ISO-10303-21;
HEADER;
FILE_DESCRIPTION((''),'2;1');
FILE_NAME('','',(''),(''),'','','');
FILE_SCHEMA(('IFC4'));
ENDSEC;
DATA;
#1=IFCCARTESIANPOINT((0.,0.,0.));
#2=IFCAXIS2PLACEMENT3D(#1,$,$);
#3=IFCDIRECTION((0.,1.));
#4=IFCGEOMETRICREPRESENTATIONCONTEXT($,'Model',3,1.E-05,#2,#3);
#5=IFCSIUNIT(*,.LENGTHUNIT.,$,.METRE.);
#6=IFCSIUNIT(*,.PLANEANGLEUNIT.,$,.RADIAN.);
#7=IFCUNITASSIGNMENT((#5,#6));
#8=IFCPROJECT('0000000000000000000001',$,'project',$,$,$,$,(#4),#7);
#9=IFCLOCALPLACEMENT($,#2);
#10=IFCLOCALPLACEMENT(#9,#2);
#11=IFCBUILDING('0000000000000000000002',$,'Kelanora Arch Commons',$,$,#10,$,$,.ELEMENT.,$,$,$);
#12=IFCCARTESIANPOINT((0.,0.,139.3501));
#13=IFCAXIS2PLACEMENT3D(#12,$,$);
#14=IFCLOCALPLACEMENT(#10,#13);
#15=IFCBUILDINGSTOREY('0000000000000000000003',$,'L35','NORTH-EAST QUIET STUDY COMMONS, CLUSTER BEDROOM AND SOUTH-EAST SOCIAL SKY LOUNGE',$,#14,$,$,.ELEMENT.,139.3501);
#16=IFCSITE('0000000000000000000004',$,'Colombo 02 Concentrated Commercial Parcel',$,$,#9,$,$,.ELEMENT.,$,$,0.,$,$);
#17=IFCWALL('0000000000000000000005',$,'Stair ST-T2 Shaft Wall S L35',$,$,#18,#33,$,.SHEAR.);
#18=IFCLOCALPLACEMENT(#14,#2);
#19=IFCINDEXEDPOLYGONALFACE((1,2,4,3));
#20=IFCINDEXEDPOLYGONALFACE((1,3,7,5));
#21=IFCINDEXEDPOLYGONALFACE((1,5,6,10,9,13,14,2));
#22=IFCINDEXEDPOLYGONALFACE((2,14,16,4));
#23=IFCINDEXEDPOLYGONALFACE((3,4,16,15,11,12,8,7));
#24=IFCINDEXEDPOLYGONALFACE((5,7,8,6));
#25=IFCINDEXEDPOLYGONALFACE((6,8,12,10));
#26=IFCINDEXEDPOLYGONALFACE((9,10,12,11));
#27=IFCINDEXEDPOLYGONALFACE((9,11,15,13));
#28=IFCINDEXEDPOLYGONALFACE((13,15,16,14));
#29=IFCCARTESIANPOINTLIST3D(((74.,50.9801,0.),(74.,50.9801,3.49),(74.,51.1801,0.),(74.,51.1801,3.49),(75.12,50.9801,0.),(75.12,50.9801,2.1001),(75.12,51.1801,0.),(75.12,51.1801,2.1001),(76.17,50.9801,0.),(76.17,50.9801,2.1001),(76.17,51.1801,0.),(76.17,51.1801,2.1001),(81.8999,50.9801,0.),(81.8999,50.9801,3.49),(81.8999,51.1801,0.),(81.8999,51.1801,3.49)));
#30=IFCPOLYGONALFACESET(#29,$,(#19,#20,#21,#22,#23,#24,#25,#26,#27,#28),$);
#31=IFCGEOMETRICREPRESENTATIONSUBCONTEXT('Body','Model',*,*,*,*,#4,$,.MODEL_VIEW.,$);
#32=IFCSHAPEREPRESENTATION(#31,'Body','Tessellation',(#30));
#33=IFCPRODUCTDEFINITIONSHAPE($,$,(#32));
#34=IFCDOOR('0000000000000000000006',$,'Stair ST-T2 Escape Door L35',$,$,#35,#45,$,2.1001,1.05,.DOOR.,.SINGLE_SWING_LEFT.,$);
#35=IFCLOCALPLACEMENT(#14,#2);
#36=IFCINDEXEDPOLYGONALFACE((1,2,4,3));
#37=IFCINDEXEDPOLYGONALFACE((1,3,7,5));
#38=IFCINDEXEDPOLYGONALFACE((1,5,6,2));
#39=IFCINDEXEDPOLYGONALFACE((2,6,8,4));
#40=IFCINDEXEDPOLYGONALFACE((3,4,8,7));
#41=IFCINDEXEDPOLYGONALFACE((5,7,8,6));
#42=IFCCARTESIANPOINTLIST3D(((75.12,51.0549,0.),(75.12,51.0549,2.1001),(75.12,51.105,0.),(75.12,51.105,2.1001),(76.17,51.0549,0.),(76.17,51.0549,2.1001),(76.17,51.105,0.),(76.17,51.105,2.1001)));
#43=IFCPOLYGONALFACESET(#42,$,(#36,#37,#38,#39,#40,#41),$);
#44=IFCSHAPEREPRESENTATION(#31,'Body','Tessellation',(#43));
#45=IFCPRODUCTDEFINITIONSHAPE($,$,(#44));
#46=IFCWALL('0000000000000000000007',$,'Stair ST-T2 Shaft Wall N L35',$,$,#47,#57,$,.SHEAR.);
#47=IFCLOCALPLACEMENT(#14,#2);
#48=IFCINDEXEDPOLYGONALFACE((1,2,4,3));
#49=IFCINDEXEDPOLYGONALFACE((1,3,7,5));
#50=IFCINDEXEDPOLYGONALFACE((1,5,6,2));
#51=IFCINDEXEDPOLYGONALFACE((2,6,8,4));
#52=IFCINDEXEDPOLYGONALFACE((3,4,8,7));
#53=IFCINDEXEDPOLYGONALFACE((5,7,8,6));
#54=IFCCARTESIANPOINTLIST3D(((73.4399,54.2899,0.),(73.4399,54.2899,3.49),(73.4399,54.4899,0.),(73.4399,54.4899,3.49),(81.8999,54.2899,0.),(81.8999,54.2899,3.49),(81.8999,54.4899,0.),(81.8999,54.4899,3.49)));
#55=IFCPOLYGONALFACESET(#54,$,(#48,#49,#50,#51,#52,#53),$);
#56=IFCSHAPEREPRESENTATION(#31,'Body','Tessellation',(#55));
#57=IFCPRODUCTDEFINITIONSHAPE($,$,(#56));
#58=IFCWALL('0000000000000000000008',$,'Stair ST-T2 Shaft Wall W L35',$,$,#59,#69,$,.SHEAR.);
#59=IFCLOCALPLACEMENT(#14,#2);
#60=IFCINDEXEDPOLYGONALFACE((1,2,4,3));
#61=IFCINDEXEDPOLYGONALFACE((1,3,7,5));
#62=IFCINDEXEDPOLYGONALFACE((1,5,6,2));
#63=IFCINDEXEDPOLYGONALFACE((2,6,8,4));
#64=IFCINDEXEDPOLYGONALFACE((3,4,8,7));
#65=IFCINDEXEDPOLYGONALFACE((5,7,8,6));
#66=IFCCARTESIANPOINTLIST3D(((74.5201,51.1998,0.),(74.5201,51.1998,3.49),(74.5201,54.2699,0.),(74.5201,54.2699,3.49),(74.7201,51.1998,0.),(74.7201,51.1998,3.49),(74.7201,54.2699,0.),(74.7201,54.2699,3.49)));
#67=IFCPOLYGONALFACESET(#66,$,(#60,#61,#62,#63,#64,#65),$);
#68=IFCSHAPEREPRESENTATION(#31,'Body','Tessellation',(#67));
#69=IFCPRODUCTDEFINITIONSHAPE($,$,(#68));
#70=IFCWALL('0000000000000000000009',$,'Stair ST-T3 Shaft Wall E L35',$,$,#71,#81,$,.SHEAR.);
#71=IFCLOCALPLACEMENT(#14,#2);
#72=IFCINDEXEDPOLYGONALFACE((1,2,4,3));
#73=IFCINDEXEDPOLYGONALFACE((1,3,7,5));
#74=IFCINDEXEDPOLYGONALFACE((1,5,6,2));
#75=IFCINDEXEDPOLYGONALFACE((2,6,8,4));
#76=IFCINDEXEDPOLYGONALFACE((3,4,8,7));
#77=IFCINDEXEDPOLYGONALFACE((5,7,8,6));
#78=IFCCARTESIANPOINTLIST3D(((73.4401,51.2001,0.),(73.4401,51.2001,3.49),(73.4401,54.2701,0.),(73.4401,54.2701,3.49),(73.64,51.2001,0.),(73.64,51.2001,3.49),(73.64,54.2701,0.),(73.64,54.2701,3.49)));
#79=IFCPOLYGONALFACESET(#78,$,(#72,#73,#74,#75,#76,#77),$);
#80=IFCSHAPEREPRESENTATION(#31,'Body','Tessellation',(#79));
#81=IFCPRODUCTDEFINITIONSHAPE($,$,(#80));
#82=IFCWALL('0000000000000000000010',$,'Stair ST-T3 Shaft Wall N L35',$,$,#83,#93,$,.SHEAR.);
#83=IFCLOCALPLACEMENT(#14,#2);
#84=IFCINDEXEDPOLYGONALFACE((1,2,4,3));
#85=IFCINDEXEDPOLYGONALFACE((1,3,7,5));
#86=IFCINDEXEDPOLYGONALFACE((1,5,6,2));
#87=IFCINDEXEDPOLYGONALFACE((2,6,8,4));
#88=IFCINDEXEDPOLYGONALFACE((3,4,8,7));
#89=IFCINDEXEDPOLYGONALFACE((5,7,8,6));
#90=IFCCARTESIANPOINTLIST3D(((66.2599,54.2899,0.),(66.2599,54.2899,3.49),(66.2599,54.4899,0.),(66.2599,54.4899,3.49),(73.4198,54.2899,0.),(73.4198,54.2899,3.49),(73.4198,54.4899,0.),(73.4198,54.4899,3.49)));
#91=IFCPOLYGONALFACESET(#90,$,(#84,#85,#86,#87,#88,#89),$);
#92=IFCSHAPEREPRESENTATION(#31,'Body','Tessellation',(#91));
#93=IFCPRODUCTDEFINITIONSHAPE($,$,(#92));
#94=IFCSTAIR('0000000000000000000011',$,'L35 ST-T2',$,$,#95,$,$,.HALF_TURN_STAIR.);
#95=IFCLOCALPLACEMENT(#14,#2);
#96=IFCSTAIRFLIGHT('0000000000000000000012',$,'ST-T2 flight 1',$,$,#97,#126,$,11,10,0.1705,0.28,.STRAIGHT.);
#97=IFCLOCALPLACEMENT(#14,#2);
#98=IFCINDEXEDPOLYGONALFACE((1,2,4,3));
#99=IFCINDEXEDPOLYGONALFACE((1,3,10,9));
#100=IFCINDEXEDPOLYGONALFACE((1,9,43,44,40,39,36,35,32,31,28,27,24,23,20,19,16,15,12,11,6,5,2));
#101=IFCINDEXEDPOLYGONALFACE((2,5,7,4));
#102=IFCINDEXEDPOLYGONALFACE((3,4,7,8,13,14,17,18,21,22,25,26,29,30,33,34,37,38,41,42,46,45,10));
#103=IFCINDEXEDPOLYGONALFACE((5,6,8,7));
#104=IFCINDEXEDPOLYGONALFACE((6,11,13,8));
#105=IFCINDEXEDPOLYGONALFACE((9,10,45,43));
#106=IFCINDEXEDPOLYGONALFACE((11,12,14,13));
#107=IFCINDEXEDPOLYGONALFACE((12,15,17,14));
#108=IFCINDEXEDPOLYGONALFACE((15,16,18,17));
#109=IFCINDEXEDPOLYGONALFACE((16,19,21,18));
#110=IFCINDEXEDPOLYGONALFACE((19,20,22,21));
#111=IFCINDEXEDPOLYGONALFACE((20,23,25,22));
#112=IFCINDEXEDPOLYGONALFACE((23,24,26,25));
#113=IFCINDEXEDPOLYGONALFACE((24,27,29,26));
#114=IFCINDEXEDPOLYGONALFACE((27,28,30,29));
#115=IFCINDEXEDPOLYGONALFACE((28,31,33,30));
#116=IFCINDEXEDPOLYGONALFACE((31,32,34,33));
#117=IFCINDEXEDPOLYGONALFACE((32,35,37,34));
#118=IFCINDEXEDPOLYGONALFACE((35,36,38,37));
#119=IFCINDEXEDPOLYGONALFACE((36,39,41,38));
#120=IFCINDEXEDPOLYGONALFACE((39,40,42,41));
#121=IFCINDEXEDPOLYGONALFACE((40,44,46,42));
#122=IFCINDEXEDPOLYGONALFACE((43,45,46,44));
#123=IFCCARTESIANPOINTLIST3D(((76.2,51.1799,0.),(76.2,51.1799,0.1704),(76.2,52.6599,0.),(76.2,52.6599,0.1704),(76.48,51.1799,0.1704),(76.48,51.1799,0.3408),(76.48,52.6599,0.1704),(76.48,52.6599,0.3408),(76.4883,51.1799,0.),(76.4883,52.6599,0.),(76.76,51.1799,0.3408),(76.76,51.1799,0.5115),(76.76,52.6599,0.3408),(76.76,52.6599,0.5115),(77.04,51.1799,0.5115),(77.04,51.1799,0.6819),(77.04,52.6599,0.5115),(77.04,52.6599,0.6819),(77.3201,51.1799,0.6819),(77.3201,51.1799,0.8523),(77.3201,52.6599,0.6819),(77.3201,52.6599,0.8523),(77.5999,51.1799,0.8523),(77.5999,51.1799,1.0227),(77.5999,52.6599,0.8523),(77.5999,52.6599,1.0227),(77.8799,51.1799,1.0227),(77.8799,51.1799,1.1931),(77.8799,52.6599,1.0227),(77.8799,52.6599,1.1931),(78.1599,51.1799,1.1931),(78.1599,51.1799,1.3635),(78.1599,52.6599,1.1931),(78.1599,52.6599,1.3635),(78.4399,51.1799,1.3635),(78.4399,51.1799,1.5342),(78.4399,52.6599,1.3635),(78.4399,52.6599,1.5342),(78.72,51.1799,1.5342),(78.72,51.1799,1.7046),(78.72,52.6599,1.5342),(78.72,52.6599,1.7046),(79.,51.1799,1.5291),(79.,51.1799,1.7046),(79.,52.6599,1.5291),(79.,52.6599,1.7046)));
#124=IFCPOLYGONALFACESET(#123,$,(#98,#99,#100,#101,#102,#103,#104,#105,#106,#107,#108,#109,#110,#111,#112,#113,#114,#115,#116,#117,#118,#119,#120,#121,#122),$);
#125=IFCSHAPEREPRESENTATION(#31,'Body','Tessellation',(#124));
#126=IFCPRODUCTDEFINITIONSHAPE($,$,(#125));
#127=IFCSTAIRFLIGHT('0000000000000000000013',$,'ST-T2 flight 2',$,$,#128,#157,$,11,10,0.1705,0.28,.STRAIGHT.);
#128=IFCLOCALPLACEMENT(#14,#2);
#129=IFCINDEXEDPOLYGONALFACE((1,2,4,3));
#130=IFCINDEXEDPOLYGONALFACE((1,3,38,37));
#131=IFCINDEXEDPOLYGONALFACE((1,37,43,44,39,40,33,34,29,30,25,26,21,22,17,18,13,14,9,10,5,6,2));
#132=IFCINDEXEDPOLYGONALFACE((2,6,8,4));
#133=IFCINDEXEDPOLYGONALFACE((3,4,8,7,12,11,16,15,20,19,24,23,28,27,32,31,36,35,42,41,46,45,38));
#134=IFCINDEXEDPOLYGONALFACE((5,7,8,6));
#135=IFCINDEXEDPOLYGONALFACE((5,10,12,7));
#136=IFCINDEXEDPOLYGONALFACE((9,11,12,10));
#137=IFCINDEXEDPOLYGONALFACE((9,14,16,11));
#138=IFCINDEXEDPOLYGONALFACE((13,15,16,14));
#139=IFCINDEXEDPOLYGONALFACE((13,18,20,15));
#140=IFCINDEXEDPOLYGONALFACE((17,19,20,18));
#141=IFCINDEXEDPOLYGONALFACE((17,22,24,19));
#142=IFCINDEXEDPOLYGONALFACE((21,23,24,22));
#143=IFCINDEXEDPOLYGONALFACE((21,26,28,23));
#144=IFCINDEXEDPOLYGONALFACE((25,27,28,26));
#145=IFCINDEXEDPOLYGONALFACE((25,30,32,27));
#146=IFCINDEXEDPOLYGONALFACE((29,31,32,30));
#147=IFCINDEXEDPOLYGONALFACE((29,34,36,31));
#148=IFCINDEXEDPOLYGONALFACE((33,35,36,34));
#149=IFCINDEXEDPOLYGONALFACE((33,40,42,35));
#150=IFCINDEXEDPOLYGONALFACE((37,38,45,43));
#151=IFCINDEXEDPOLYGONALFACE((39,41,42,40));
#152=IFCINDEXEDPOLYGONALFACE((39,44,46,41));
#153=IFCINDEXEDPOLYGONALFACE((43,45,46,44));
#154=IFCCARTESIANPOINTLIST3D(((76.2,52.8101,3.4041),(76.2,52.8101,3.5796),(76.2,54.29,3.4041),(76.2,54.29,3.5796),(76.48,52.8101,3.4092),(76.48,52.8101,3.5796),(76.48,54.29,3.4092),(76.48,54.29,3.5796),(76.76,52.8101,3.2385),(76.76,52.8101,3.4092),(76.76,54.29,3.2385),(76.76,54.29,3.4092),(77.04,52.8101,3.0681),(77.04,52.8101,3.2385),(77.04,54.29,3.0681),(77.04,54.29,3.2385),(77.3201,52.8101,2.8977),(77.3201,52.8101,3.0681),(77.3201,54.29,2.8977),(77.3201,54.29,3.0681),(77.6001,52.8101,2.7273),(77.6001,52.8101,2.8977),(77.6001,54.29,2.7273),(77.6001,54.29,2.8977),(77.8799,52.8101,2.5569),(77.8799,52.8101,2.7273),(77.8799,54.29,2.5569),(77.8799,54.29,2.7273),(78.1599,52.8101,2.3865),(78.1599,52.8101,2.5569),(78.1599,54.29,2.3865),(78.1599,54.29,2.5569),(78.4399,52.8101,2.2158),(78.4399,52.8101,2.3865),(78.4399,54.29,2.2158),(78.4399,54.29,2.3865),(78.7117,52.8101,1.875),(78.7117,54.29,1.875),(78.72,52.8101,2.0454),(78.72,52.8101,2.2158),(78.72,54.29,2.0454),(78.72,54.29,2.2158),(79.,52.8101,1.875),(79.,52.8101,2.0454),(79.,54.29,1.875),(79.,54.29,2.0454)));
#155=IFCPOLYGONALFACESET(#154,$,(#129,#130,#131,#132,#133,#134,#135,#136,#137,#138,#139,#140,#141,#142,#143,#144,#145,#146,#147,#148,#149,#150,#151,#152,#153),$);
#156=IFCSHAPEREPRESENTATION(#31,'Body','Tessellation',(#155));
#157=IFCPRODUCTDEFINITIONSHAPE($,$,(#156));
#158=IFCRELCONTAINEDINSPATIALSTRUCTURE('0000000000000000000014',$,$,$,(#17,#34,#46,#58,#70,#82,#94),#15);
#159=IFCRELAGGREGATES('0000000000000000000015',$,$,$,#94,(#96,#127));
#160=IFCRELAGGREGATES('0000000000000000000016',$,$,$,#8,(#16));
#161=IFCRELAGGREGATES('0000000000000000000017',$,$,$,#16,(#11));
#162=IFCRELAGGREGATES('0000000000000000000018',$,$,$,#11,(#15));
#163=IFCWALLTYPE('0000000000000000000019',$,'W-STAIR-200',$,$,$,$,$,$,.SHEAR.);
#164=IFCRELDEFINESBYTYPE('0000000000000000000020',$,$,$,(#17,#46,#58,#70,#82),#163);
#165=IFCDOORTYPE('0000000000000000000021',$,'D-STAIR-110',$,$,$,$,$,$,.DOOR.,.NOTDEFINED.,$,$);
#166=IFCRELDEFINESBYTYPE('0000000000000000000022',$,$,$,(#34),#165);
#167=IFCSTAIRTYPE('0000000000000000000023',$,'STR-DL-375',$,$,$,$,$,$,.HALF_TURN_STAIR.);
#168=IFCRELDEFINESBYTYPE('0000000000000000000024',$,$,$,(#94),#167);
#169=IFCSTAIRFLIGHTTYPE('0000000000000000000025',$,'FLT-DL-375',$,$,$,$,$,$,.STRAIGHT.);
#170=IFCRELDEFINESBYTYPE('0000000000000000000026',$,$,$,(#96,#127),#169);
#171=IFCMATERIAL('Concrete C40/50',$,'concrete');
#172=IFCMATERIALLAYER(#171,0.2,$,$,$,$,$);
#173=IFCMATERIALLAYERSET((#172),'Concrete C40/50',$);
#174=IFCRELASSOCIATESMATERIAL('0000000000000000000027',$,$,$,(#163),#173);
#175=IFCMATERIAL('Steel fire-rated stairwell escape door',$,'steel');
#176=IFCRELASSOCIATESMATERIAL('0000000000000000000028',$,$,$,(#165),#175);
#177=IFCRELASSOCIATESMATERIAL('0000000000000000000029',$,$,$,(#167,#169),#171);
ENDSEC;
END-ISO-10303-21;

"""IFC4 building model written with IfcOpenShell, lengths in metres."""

from ifc_helpers import new_model, si_unit, direction, frame, frame_2d, origin, place, context, subcontext, project, spatial, polyline, rectangle, outline, extrude, material, layer, layer_set, type_object, element, fill, aggregate, save


model = new_model("IFC4")

# Units and contexts
model_context = context("Model", 3, precision=1e-05, world=origin(), true_north=direction((0.0, 1.0)))
body_context = subcontext(model_context, "Body", "Model", "MODEL_VIEW")
ifc_project = project(units=[si_unit("LENGTHUNIT", "METRE"), si_unit("PLANEANGLEUNIT", "RADIAN")], contexts=[model_context])

# Site, building, storey
site_placement = place(None, origin())
site = spatial("IfcSite", under=ifc_project, at=site_placement, Name="Colombo 02 Concentrated Commercial Parcel", CompositionType="ELEMENT", RefElevation=0.0)
building_placement = place(site_placement, origin())
building = spatial("IfcBuilding", under=site, at=building_placement, Name="Kelanora Arch Commons", CompositionType="ELEMENT")
storey_placement = place(building_placement, frame((0.0, 0.0, 139.3501)))
storey = spatial("IfcBuildingStorey", under=building, at=storey_placement, Name="L35", Description="NORTH-EAST QUIET STUDY COMMONS, CLUSTER BEDROOM AND SOUTH-EAST SOCIAL SKY LOUNGE", CompositionType="ELEMENT", Elevation=139.3501)

# Wall, opening, door
ifc_material_1 = material(Name="Concrete C40/50", Category="concrete")
ifc_layer_1 = layer(ifc_material_1, 0.2)
ifc_layer_set_1 = layer_set([ifc_layer_1], Name="Concrete C40/50")
wall_type_1 = type_object("IfcWallType", Name="W-STAIR-200", PredefinedType="SHEAR", material=ifc_layer_set_1)
wall_1_placement = place(storey_placement, frame((74.0, 51.0801, 0.0), z_axis=(0.0, 0.0, 1.0), x_axis=(1.0, 0.0, 0.0)))
wall_1 = element("IfcWall", 1, at=wall_1_placement, inside=storey, type_object=wall_type_1, Name="Stair ST-T2 Shaft Wall S L35", PredefinedType="SHEAR", context=body_context, shape_type="SweptSolid", body=[
    extrude(rectangle(XDim=7.8999, YDim=0.2, at=frame_2d((3.95, 0.0))), origin(), (0.0, 0.0, 1.0), 3.49),
])
opening_placement = place(wall_1_placement, frame((1.1201, 0.0, 0.0)))
opening = element("IfcOpeningElement", 2, at=opening_placement, cuts=wall_1, PredefinedType="OPENING", context=body_context, shape_type="SweptSolid", body=[
    extrude(rectangle(XDim=1.05, YDim=2.1001, at=frame_2d((0.5249, 1.05))), frame((0.0, 0.1099, 0.0), z_axis=(0.0, -1.0, 0.0), x_axis=(1.0, 0.0, 0.0)), (0.0, 0.0, 1.0), 0.22),
])
ifc_material_2 = material(Name="Steel fire-rated stairwell escape door", Category="steel")
door_type = type_object("IfcDoorType", Name="D-STAIR-110", OperationType="NOTDEFINED", PredefinedType="DOOR", material=ifc_material_2)
door_placement = place(opening_placement, origin())
door = element("IfcDoor", 3, at=door_placement, inside=storey, type_object=door_type, Name="Stair ST-T2 Escape Door L35", OperationType="SINGLE_SWING_LEFT", OverallHeight=2.1001, OverallWidth=1.05, PredefinedType="DOOR", context=body_context, shape_type="SweptSolid", body=[
    extrude(rectangle(XDim=1.05, YDim=2.1001, at=frame_2d((0.5249, 1.05))), frame((0.0, 0.0249, 0.0), z_axis=(0.0, -1.0, 0.0), x_axis=(1.0, 0.0, 0.0)), (0.0, 0.0, 1.0), 0.05),
])
fill(opening, door)

# Walls
wall_2_placement = place(storey_placement, frame((81.8999, 54.3899, 0.0), z_axis=(0.0, 0.0, 1.0), x_axis=(-1.0, 0.0, 0.0)))
element("IfcWall", 4, at=wall_2_placement, inside=storey, type_object=wall_type_1, Name="Stair ST-T2 Shaft Wall N L35", PredefinedType="SHEAR", context=body_context, shape_type="SweptSolid", body=[
    extrude(rectangle(XDim=8.46, YDim=0.2, at=frame_2d((4.23, 0.0))), origin(), (0.0, 0.0, 1.0), 3.49),
])
for number, where, z_axis, x_axis, name in (
    (5, (74.6201, 54.27, 0.0), (0.0, 0.0, 1.0), (0.0, -1.0, 0.0), "Stair ST-T2 Shaft Wall W L35"),
    (6, (73.54, 51.2, 0.0), (0.0, 0.0, 1.0), (0.0, 1.0, 0.0), "Stair ST-T3 Shaft Wall E L35"),
):
    element("IfcWall", number, at=place(storey_placement, frame(where, z_axis=z_axis, x_axis=x_axis)), inside=storey, type_object=wall_type_1, Name=name, PredefinedType="SHEAR", context=body_context, shape_type="SweptSolid", body=[
        extrude(rectangle(XDim=3.0701, YDim=0.2, at=frame_2d((1.5352, 0.0))), origin(), (0.0, 0.0, 1.0), 3.49),
    ])
wall_3_placement = place(storey_placement, frame((73.4199, 54.3899, 0.0), z_axis=(0.0, 0.0, 1.0), x_axis=(-1.0, 0.0, 0.0)))
element("IfcWall", 7, at=wall_3_placement, inside=storey, type_object=wall_type_1, Name="Stair ST-T3 Shaft Wall N L35", PredefinedType="SHEAR", context=body_context, shape_type="SweptSolid", body=[
    extrude(rectangle(XDim=7.1599, YDim=0.2, at=frame_2d((3.5801, 0.0))), origin(), (0.0, 0.0, 1.0), 3.49),
])

# Stair, stair flights
stair_type = type_object("IfcStairType", Name="STR-DL-375", PredefinedType="HALF_TURN_STAIR", material=ifc_material_1)
stair_1_placement = place(storey_placement, origin())
stair_1 = element("IfcStair", 8, at=stair_1_placement, inside=storey, type_object=stair_type, Name="L35 ST-T2", PredefinedType="HALF_TURN_STAIR")
stair_flight_type = type_object("IfcStairFlightType", Name="FLT-DL-375", PredefinedType="STRAIGHT", material=ifc_material_1)
stair_flight_1_placement = place(storey_placement, frame((76.2, 51.9199, 0.0), z_axis=(0.0, 0.0, 1.0), x_axis=(1.0, 0.0, 0.0)))
stair_flight_1 = element("IfcStairFlight", 9, at=stair_flight_1_placement, type_object=stair_flight_type, Name="ST-T2 flight 1", NumberOfRisers=11, NumberOfTreads=10, PredefinedType="STRAIGHT", RiserHeight=0.1705, TreadLength=0.28, context=body_context, shape_type="SweptSolid", body=[
    extrude(outline(polyline([(0.0, 0.0), (0.0, 0.1704), (0.28, 0.1704), (0.28, 0.3408), (0.5601, 0.3408), (0.5601, 0.5115), (0.8401, 0.5115), (0.8401, 0.6819), (1.1201, 0.6819), (1.1201, 0.8523), (1.3999, 0.8523), (1.3999, 1.0227), (1.6799, 1.0227), (1.6799, 1.1931), (1.96, 1.1931), (1.96, 1.3635), (2.24, 1.3635), (2.24, 1.5342), (2.52, 1.5342), (2.52, 1.7046), (2.8, 1.7046), (2.8, 1.875), (2.8, 1.5291), (0.2883, 0.0), (0.0, 0.0)])), frame((0.0, 0.74, 0.0), z_axis=(0.0, -1.0, 0.0), x_axis=(1.0, 0.0, 0.0)), (0.0, 0.0, 1.0), 1.48),
])
stair_flight_2_placement = place(storey_placement, frame((79.0, 53.55, 1.875), z_axis=(0.0, 0.0, 1.0), x_axis=(-1.0, 0.0, 0.0)))
stair_flight_2 = element("IfcStairFlight", 10, at=stair_flight_2_placement, type_object=stair_flight_type, Name="ST-T2 flight 2", NumberOfRisers=11, NumberOfTreads=10, PredefinedType="STRAIGHT", RiserHeight=0.1705, TreadLength=0.28, context=body_context, shape_type="SweptSolid", body=[
    extrude(outline(polyline([(0.0, 0.0), (0.0, 0.1704), (0.28, 0.1704), (0.28, 0.3408), (0.5601, 0.3408), (0.5601, 0.5115), (0.8401, 0.5115), (0.8401, 0.6819), (1.1201, 0.6819), (1.1201, 0.8523), (1.3999, 0.8523), (1.3999, 1.0227), (1.6799, 1.0227), (1.6799, 1.1931), (1.96, 1.1931), (1.96, 1.3635), (2.24, 1.3635), (2.24, 1.5342), (2.52, 1.5342), (2.52, 1.7046), (2.8, 1.7046), (2.8, 1.875), (2.8, 1.5291), (0.2883, 0.0), (0.0, 0.0)])), frame((0.0, 0.74, 0.0), z_axis=(0.0, -1.0, 0.0), x_axis=(1.0, 0.0, 0.0)), (0.0, 0.0, 1.0), 1.48),
])
aggregate(stair_1, [stair_flight_1, stair_flight_2])

save(model, "model.ifc")
